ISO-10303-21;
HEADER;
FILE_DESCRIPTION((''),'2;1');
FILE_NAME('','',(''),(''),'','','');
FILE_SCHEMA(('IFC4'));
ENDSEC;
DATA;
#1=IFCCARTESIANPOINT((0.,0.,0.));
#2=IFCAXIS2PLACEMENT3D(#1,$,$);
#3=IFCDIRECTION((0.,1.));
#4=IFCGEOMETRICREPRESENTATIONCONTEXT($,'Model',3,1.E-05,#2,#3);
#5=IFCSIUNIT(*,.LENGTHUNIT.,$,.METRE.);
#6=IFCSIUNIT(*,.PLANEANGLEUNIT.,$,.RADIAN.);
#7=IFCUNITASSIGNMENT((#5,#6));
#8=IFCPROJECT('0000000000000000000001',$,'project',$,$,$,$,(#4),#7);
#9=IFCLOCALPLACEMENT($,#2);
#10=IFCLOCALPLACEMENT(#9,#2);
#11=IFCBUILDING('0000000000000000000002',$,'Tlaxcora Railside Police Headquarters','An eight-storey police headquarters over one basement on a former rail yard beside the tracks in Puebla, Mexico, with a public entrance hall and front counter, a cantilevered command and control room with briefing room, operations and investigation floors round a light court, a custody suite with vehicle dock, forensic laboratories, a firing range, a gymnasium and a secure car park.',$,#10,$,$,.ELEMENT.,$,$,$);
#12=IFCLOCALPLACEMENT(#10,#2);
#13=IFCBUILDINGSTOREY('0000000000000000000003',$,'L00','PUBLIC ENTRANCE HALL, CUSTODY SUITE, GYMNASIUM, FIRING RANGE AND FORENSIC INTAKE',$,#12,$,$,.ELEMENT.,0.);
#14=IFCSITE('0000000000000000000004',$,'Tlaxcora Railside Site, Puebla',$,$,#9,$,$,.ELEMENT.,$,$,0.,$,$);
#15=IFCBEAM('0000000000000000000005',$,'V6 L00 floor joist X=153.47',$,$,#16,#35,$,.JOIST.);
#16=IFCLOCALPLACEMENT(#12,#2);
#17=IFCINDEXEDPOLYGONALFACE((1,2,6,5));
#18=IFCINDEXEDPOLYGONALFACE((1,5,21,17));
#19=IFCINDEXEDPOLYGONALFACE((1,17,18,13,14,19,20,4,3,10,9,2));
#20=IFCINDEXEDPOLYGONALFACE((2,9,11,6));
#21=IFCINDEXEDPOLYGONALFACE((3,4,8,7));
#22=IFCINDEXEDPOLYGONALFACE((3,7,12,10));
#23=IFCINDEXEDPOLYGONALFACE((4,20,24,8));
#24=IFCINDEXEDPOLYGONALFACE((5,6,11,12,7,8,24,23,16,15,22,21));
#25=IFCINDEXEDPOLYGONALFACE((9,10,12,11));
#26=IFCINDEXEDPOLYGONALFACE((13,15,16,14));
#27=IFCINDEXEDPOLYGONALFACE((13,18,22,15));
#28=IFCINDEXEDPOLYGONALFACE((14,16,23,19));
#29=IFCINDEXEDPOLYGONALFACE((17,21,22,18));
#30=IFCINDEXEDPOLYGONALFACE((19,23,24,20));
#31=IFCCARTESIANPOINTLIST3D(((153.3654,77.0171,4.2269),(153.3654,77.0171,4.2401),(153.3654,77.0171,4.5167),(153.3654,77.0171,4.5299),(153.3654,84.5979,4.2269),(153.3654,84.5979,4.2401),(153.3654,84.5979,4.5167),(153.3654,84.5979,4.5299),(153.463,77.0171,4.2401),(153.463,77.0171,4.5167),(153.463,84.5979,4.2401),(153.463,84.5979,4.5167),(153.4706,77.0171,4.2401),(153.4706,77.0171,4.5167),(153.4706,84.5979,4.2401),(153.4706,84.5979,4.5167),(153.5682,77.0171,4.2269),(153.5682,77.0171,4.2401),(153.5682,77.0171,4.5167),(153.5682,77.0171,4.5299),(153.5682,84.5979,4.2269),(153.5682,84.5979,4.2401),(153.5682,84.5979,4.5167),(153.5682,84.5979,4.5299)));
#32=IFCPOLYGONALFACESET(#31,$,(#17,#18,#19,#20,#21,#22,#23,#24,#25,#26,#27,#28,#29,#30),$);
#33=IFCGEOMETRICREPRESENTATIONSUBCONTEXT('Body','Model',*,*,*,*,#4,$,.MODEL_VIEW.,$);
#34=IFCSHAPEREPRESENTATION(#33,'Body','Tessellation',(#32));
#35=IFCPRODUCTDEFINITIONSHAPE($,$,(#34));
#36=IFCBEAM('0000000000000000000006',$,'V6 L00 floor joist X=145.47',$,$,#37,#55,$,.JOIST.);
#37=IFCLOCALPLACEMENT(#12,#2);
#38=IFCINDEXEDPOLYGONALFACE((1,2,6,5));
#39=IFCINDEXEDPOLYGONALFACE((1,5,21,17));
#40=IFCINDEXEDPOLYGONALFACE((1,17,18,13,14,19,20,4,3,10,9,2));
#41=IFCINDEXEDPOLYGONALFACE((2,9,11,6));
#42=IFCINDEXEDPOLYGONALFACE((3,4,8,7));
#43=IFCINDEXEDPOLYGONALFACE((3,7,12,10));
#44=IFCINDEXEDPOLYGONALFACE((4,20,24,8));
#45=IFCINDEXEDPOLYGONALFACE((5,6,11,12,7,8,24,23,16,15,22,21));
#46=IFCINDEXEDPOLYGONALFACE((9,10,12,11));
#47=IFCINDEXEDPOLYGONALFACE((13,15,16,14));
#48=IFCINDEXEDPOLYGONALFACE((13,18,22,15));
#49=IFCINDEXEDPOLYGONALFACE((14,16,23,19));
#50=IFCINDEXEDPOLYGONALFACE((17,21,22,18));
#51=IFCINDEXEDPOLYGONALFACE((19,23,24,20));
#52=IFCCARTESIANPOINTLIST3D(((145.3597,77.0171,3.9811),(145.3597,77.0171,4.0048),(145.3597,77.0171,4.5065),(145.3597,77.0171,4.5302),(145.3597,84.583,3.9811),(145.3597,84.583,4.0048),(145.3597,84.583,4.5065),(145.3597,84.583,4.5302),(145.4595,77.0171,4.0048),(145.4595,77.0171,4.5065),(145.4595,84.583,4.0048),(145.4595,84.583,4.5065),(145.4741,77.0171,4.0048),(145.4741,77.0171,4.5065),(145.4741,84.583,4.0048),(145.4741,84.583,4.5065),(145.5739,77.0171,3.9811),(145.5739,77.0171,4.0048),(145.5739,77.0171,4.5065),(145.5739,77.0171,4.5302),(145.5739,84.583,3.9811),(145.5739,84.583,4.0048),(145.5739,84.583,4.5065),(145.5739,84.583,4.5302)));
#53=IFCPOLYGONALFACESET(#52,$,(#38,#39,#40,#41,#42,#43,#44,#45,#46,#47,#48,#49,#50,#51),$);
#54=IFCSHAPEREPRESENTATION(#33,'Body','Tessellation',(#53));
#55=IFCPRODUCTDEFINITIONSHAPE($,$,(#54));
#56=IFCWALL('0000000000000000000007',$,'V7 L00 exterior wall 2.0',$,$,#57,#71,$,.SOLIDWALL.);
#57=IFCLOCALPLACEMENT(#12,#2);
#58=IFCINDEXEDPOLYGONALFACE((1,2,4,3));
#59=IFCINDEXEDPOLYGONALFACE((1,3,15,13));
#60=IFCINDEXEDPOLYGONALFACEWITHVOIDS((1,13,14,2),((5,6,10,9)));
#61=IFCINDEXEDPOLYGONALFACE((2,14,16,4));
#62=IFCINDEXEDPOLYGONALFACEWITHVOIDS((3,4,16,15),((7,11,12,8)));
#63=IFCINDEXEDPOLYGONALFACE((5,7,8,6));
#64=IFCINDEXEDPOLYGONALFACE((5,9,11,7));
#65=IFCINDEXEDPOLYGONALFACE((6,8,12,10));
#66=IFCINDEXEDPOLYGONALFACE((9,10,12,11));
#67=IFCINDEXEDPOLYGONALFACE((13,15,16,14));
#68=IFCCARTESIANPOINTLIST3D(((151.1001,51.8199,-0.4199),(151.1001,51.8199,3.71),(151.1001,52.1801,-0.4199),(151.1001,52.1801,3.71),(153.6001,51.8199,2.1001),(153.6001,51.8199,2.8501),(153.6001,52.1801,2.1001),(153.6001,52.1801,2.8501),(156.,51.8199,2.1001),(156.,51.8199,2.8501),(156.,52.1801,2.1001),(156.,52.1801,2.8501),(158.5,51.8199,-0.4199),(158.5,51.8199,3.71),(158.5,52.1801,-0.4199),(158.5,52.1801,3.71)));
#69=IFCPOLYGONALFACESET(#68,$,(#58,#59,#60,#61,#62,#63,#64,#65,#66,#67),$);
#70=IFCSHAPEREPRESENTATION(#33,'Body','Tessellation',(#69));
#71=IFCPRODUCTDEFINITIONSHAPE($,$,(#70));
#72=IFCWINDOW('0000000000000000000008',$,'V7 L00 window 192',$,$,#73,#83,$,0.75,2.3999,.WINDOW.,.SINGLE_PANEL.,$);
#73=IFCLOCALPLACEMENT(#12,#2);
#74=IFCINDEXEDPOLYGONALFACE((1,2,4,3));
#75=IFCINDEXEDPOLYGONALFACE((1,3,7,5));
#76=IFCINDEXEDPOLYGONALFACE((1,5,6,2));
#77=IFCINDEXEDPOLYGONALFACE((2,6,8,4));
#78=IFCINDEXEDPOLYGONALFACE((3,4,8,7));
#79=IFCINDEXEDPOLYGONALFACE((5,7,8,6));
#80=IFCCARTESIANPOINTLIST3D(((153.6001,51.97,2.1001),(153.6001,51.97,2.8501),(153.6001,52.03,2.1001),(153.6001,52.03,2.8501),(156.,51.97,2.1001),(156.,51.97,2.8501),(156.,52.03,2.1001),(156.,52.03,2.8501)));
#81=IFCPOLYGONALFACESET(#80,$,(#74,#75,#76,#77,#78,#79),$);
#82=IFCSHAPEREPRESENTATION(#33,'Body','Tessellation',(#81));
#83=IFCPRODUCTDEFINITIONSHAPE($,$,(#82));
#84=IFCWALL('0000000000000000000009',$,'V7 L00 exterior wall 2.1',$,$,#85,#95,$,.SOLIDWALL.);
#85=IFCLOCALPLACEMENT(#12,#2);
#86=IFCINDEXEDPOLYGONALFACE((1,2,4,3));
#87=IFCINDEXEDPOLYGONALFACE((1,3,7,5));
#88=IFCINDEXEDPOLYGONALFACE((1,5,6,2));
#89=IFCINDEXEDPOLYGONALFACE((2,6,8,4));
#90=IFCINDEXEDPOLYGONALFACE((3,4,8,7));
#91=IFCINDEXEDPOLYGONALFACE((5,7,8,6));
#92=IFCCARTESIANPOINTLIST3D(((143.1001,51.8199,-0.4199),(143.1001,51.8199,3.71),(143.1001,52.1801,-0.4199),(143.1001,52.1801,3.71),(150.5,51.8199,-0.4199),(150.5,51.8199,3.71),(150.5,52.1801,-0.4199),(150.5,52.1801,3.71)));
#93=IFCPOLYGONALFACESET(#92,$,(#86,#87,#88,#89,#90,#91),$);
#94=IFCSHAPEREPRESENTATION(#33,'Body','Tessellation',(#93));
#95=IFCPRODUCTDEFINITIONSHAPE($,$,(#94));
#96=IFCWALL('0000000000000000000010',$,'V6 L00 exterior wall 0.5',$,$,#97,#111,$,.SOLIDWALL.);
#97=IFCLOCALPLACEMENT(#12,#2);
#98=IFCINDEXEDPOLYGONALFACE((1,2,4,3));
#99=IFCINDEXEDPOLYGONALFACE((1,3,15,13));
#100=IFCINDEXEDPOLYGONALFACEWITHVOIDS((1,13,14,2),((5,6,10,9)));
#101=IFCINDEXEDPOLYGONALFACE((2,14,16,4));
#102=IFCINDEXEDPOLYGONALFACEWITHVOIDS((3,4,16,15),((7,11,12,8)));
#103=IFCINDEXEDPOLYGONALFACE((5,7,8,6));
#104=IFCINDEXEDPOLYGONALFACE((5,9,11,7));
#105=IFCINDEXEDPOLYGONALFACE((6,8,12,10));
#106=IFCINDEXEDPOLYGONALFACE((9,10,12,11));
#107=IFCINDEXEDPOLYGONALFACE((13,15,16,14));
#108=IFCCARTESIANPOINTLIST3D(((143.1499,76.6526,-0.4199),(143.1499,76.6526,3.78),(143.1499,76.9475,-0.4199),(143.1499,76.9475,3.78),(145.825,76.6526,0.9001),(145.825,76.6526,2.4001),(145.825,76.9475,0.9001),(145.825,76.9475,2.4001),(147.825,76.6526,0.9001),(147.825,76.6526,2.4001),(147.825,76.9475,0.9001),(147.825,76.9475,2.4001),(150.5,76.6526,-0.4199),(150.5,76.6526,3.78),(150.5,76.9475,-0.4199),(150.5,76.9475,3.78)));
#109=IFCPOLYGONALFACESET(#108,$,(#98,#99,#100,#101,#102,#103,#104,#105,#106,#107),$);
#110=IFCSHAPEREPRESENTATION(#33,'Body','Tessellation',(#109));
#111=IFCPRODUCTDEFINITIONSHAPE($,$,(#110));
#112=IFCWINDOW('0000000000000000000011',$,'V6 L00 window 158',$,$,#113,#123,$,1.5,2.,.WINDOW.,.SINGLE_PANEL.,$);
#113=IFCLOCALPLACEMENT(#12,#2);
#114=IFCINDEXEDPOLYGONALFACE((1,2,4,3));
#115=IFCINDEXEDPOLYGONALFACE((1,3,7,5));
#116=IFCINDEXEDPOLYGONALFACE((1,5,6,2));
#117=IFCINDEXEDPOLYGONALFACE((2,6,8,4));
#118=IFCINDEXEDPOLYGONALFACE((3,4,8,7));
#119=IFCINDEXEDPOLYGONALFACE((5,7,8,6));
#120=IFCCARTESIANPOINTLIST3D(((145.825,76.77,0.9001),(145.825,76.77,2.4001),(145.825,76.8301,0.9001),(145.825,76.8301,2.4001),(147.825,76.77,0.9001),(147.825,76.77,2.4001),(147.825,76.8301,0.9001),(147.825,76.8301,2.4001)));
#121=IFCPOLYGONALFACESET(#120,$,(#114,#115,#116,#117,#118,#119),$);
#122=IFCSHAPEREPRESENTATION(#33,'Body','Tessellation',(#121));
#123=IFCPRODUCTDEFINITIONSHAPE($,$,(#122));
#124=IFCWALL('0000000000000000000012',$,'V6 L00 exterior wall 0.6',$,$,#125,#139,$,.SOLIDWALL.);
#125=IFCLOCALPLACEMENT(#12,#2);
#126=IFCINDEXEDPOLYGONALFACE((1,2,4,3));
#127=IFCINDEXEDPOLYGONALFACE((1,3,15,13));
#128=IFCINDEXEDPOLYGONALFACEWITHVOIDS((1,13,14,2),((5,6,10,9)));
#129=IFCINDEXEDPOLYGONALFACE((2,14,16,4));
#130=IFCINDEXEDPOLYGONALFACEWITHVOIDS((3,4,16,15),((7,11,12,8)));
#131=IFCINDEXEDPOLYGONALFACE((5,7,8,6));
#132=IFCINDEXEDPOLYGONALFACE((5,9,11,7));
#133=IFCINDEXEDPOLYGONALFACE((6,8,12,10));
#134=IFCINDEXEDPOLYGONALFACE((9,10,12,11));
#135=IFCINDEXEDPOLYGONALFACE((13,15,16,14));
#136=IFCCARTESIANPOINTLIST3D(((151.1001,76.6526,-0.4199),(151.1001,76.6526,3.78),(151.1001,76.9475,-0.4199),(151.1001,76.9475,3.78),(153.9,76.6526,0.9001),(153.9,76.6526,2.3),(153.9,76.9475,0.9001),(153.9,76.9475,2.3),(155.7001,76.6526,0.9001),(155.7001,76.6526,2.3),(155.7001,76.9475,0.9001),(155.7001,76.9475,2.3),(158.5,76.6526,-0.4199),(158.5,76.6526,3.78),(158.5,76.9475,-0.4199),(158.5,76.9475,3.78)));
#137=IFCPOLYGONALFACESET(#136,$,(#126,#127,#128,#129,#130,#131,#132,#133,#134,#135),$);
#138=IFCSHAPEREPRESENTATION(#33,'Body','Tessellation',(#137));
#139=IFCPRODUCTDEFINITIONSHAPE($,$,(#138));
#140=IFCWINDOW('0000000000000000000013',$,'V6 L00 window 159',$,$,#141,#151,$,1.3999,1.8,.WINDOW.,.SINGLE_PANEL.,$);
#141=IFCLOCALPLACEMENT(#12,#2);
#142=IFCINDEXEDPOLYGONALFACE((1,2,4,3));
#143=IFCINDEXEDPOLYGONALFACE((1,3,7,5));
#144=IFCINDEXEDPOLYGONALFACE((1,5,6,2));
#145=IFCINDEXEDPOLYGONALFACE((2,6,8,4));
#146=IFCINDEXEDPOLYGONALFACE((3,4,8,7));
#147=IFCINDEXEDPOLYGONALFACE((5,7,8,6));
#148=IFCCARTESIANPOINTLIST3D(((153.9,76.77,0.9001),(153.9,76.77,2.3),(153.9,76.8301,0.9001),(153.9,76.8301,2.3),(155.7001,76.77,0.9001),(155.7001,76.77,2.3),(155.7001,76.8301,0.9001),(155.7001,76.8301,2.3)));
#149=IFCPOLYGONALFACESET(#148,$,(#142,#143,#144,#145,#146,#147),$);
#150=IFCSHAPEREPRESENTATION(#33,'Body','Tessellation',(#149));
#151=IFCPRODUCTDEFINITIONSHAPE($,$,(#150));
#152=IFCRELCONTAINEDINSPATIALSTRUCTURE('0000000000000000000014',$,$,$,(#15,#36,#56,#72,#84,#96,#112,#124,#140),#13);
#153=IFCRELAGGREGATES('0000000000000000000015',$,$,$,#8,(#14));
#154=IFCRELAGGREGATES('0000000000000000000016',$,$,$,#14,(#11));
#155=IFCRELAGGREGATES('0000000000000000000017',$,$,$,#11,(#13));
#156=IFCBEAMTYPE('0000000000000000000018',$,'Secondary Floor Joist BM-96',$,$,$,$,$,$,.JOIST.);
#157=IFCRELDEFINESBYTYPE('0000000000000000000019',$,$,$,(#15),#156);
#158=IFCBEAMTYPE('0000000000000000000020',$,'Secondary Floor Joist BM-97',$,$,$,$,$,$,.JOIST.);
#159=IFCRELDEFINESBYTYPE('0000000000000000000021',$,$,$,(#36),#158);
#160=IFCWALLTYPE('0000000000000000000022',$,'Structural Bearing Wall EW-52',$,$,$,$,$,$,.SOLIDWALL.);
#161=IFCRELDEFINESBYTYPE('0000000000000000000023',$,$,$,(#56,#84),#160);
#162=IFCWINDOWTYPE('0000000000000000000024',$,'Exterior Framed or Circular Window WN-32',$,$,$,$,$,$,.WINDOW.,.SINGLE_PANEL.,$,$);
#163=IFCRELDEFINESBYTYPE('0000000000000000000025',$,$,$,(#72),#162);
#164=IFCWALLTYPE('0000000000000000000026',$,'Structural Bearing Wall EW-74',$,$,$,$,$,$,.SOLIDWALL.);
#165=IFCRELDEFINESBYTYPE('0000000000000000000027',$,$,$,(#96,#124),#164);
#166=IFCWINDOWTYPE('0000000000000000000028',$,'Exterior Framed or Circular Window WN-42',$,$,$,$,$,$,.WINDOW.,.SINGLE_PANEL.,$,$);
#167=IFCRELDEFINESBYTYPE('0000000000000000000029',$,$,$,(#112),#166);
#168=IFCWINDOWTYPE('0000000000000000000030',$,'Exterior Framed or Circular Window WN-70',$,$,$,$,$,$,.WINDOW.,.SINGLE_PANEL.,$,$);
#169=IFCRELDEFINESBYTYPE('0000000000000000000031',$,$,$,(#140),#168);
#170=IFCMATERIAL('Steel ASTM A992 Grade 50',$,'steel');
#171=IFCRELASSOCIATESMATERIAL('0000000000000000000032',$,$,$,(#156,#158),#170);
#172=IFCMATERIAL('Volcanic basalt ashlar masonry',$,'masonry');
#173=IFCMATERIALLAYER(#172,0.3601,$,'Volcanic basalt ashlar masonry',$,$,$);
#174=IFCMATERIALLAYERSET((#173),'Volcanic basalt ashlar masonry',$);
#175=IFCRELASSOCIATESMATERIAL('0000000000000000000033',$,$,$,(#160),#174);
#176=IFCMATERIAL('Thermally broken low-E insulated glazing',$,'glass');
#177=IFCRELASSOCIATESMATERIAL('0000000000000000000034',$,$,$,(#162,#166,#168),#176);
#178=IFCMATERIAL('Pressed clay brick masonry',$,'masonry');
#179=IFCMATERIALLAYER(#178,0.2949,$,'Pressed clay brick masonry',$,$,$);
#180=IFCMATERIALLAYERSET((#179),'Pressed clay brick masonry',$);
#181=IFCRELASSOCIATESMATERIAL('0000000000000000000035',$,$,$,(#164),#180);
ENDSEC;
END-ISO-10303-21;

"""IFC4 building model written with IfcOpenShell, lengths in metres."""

from ifc_helpers import new_model, si_unit, direction, frame, frame_2d, origin, origin_2d, place, context, subcontext, project, spatial, rectangle, i_section, extrude, material, layer, layer_set, material_profile, profile_set, type_object, element, fill, save


model = new_model("IFC4")

# Units and contexts
model_context = context("Model", 3, precision=1e-05, world=origin(), true_north=direction((0.0, 1.0)))
body_context = subcontext(model_context, "Body", "Model", "MODEL_VIEW")
ifc_project = project(units=[si_unit("LENGTHUNIT", "METRE"), si_unit("PLANEANGLEUNIT", "RADIAN")], contexts=[model_context])

# Site, building, storey
site_placement = place(None, origin())
site = spatial("IfcSite", under=ifc_project, at=site_placement, Name="Tlaxcora Railside Site, Puebla", CompositionType="ELEMENT", RefElevation=0.0)
building_placement = place(site_placement, origin())
building = spatial("IfcBuilding", under=site, at=building_placement, Name="Tlaxcora Railside Police Headquarters", Description="An eight-storey police headquarters over one basement on a former rail yard beside the tracks in Puebla, Mexico, with a public entrance hall and front counter, a cantilevered command and control room with briefing room, operations and investigation floors round a light court, a custody suite with vehicle dock, forensic laboratories, a firing range, a gymnasium and a secure car park.", CompositionType="ELEMENT")
storey_placement = place(building_placement, origin())
storey = spatial("IfcBuildingStorey", under=building, at=storey_placement, Name="L00", Description="PUBLIC ENTRANCE HALL, CUSTODY SUITE, GYMNASIUM, FIRING RANGE AND FORENSIC INTAKE", CompositionType="ELEMENT", Elevation=0.0)

# Beams
ifc_material_1 = material(Name="Steel ASTM A992 Grade 50", Category="steel")
ifc_material_profile_1 = material_profile(ifc_material_1, i_section(OverallWidth=0.2029, OverallDepth=0.303, WebThickness=0.0076, FlangeThickness=0.0132, at=origin_2d()), Name="W12X40")
ifc_profile_set_1 = profile_set([ifc_material_profile_1], Name="Steel ASTM A992 Grade 50")
beam_type_1 = type_object("IfcBeamType", Name="Secondary Floor Joist BM-96", PredefinedType="JOIST", material=ifc_profile_set_1)
beam_1_placement = place(storey_placement, frame((153.4668, 77.0171, 4.3784), z_axis=(0.0, 1.0, 0.0), x_axis=(-1.0, 0.0, 0.0)))
element("IfcBeam", 1, at=beam_1_placement, inside=storey, type_object=beam_type_1, Name="V6 L00 floor joist X=153.47", PredefinedType="JOIST", context=body_context, shape_type="SweptSolid", body=[
    extrude(i_section(OverallWidth=0.2029, OverallDepth=0.303, WebThickness=0.0076, FlangeThickness=0.0132, at=origin_2d()), origin(), (0.0, 0.0, 1.0), 7.5808),
])
ifc_material_profile_2 = material_profile(ifc_material_1, i_section(OverallWidth=0.2141, OverallDepth=0.5491, WebThickness=0.0146, FlangeThickness=0.0237, at=origin_2d()), Name="W21X93")
ifc_profile_set_2 = profile_set([ifc_material_profile_2], Name="Steel ASTM A992 Grade 50")
beam_type_2 = type_object("IfcBeamType", Name="Secondary Floor Joist BM-97", PredefinedType="JOIST", material=ifc_profile_set_2)
beam_2_placement = place(storey_placement, frame((145.4668, 77.0171, 4.2556), z_axis=(0.0, 1.0, 0.0), x_axis=(-1.0, 0.0, 0.0)))
element("IfcBeam", 2, at=beam_2_placement, inside=storey, type_object=beam_type_2, Name="V6 L00 floor joist X=145.47", PredefinedType="JOIST", context=body_context, shape_type="SweptSolid", body=[
    extrude(i_section(OverallWidth=0.2141, OverallDepth=0.5491, WebThickness=0.0146, FlangeThickness=0.0237, at=origin_2d()), origin(), (0.0, 0.0, 1.0), 7.5659),
])

# Wall, opening, window
ifc_material_2 = material(Name="Volcanic basalt ashlar masonry", Category="masonry")
ifc_layer_1 = layer(ifc_material_2, 0.3601, Name="Volcanic basalt ashlar masonry")
ifc_layer_set_1 = layer_set([ifc_layer_1], Name="Volcanic basalt ashlar masonry")
wall_type_1 = type_object("IfcWallType", Name="Structural Bearing Wall EW-52", PredefinedType="SOLIDWALL", material=ifc_layer_set_1)
wall_1_placement = place(storey_placement, frame((158.5, 52.0, -0.4199), z_axis=(0.0, 0.0, 1.0), x_axis=(-1.0, 0.0, 0.0)))
wall_1 = element("IfcWall", 3, at=wall_1_placement, inside=storey, type_object=wall_type_1, Name="V7 L00 exterior wall 2.0", PredefinedType="SOLIDWALL", context=body_context, shape_type="SweptSolid", body=[
    extrude(rectangle(XDim=7.3999, YDim=0.3601, at=frame_2d((3.7, 0.0))), origin(), (0.0, 0.0, 1.0), 4.1299),
])
opening_1_placement = place(wall_1_placement, frame((2.5, 0.0, 2.52)))
opening_1 = element("IfcOpeningElement", 4, at=opening_1_placement, cuts=wall_1, PredefinedType="OPENING", context=body_context, shape_type="SweptSolid", body=[
    extrude(rectangle(XDim=2.3999, YDim=0.75, at=frame_2d((1.2, 0.375))), frame((0.0, 0.1899, 0.0), z_axis=(0.0, -1.0, 0.0), x_axis=(1.0, 0.0, 0.0)), (0.0, 0.0, 1.0), 0.3801),
])
ifc_material_3 = material(Name="Thermally broken low-E insulated glazing", Category="glass")
window_type_1 = type_object("IfcWindowType", Name="Exterior Framed or Circular Window WN-32", PartitioningType="SINGLE_PANEL", PredefinedType="WINDOW", material=ifc_material_3)
window_1_placement = place(opening_1_placement, origin())
window_1 = element("IfcWindow", 5, at=window_1_placement, inside=storey, type_object=window_type_1, Name="V7 L00 window 192", OverallHeight=0.75, OverallWidth=2.3999, PartitioningType="SINGLE_PANEL", PredefinedType="WINDOW", context=body_context, shape_type="SweptSolid", body=[
    extrude(rectangle(XDim=2.3999, YDim=0.75, at=frame_2d((1.2, 0.375))), frame((0.0, 0.03, 0.0), z_axis=(0.0, -1.0, 0.0), x_axis=(1.0, 0.0, 0.0)), (0.0, 0.0, 1.0), 0.0601),
])
fill(opening_1, window_1)

# Wall
wall_2_placement = place(storey_placement, frame((150.5, 52.0, -0.4199), z_axis=(0.0, 0.0, 1.0), x_axis=(-1.0, 0.0, 0.0)))
element("IfcWall", 6, at=wall_2_placement, inside=storey, type_object=wall_type_1, Name="V7 L00 exterior wall 2.1", PredefinedType="SOLIDWALL", context=body_context, shape_type="SweptSolid", body=[
    extrude(rectangle(XDim=7.3999, YDim=0.3601, at=frame_2d((3.7, 0.0))), origin(), (0.0, 0.0, 1.0), 4.1299),
])

# Walls, openings, windows
ifc_material_4 = material(Name="Pressed clay brick masonry", Category="masonry")
ifc_layer_2 = layer(ifc_material_4, 0.2949, Name="Pressed clay brick masonry")
ifc_layer_set_2 = layer_set([ifc_layer_2], Name="Pressed clay brick masonry")
wall_type_2 = type_object("IfcWallType", Name="Structural Bearing Wall EW-74", PredefinedType="SOLIDWALL", material=ifc_layer_set_2)
wall_3_placement = place(storey_placement, frame((143.1499, 76.8, -0.4199), z_axis=(0.0, 0.0, 1.0), x_axis=(1.0, 0.0, 0.0)))
wall_3 = element("IfcWall", 7, at=wall_3_placement, inside=storey, type_object=wall_type_2, Name="V6 L00 exterior wall 0.5", PredefinedType="SOLIDWALL", context=body_context, shape_type="SweptSolid", body=[
    extrude(rectangle(XDim=7.3501, YDim=0.2949, at=frame_2d((3.675, 0.0))), origin(), (0.0, 0.0, 1.0), 4.2),
])
opening_2_placement = place(wall_3_placement, frame((2.675, 0.0, 1.3201)))
opening_2 = element("IfcOpeningElement", 8, at=opening_2_placement, cuts=wall_3, PredefinedType="OPENING", context=body_context, shape_type="SweptSolid", body=[
    extrude(rectangle(XDim=2.0, YDim=1.5, at=frame_2d((1.0, 0.75))), frame((0.0, 0.1575, 0.0), z_axis=(0.0, -1.0, 0.0), x_axis=(1.0, 0.0, 0.0)), (0.0, 0.0, 1.0), 0.3149),
])
window_type_2 = type_object("IfcWindowType", Name="Exterior Framed or Circular Window WN-42", PartitioningType="SINGLE_PANEL", PredefinedType="WINDOW", material=ifc_material_3)
window_2_placement = place(opening_2_placement, origin())
window_2 = element("IfcWindow", 9, at=window_2_placement, inside=storey, type_object=window_type_2, Name="V6 L00 window 158", OverallHeight=1.5, OverallWidth=2.0, PartitioningType="SINGLE_PANEL", PredefinedType="WINDOW", context=body_context, shape_type="SweptSolid", body=[
    extrude(rectangle(XDim=2.0, YDim=1.5, at=frame_2d((1.0, 0.75))), frame((0.0, 0.03, 0.0), z_axis=(0.0, -1.0, 0.0), x_axis=(1.0, 0.0, 0.0)), (0.0, 0.0, 1.0), 0.0601),
])
fill(opening_2, window_2)
wall_4_placement = place(storey_placement, frame((151.1001, 76.8, -0.4199), z_axis=(0.0, 0.0, 1.0), x_axis=(1.0, 0.0, 0.0)))
wall_4 = element("IfcWall", 10, at=wall_4_placement, inside=storey, type_object=wall_type_2, Name="V6 L00 exterior wall 0.6", PredefinedType="SOLIDWALL", context=body_context, shape_type="SweptSolid", body=[
    extrude(rectangle(XDim=7.3999, YDim=0.2949, at=frame_2d((3.7, 0.0))), origin(), (0.0, 0.0, 1.0), 4.2),
])
opening_3_placement = place(wall_4_placement, frame((2.8, 0.0, 1.3201)))
opening_3 = element("IfcOpeningElement", 11, at=opening_3_placement, cuts=wall_4, PredefinedType="OPENING", context=body_context, shape_type="SweptSolid", body=[
    extrude(rectangle(XDim=1.8, YDim=1.3999, at=frame_2d((0.8999, 0.7))), frame((0.0, 0.1575, 0.0), z_axis=(0.0, -1.0, 0.0), x_axis=(1.0, 0.0, 0.0)), (0.0, 0.0, 1.0), 0.3149),
])
window_type_3 = type_object("IfcWindowType", Name="Exterior Framed or Circular Window WN-70", PartitioningType="SINGLE_PANEL", PredefinedType="WINDOW", material=ifc_material_3)
window_3_placement = place(opening_3_placement, origin())
window_3 = element("IfcWindow", 12, at=window_3_placement, inside=storey, type_object=window_type_3, Name="V6 L00 window 159", OverallHeight=1.3999, OverallWidth=1.8, PartitioningType="SINGLE_PANEL", PredefinedType="WINDOW", context=body_context, shape_type="SweptSolid", body=[
    extrude(rectangle(XDim=1.8, YDim=1.3999, at=frame_2d((0.8999, 0.7))), frame((0.0, 0.03, 0.0), z_axis=(0.0, -1.0, 0.0), x_axis=(1.0, 0.0, 0.0)), (0.0, 0.0, 1.0), 0.0601),
])
fill(opening_3, window_3)

save(model, "model.ifc")
